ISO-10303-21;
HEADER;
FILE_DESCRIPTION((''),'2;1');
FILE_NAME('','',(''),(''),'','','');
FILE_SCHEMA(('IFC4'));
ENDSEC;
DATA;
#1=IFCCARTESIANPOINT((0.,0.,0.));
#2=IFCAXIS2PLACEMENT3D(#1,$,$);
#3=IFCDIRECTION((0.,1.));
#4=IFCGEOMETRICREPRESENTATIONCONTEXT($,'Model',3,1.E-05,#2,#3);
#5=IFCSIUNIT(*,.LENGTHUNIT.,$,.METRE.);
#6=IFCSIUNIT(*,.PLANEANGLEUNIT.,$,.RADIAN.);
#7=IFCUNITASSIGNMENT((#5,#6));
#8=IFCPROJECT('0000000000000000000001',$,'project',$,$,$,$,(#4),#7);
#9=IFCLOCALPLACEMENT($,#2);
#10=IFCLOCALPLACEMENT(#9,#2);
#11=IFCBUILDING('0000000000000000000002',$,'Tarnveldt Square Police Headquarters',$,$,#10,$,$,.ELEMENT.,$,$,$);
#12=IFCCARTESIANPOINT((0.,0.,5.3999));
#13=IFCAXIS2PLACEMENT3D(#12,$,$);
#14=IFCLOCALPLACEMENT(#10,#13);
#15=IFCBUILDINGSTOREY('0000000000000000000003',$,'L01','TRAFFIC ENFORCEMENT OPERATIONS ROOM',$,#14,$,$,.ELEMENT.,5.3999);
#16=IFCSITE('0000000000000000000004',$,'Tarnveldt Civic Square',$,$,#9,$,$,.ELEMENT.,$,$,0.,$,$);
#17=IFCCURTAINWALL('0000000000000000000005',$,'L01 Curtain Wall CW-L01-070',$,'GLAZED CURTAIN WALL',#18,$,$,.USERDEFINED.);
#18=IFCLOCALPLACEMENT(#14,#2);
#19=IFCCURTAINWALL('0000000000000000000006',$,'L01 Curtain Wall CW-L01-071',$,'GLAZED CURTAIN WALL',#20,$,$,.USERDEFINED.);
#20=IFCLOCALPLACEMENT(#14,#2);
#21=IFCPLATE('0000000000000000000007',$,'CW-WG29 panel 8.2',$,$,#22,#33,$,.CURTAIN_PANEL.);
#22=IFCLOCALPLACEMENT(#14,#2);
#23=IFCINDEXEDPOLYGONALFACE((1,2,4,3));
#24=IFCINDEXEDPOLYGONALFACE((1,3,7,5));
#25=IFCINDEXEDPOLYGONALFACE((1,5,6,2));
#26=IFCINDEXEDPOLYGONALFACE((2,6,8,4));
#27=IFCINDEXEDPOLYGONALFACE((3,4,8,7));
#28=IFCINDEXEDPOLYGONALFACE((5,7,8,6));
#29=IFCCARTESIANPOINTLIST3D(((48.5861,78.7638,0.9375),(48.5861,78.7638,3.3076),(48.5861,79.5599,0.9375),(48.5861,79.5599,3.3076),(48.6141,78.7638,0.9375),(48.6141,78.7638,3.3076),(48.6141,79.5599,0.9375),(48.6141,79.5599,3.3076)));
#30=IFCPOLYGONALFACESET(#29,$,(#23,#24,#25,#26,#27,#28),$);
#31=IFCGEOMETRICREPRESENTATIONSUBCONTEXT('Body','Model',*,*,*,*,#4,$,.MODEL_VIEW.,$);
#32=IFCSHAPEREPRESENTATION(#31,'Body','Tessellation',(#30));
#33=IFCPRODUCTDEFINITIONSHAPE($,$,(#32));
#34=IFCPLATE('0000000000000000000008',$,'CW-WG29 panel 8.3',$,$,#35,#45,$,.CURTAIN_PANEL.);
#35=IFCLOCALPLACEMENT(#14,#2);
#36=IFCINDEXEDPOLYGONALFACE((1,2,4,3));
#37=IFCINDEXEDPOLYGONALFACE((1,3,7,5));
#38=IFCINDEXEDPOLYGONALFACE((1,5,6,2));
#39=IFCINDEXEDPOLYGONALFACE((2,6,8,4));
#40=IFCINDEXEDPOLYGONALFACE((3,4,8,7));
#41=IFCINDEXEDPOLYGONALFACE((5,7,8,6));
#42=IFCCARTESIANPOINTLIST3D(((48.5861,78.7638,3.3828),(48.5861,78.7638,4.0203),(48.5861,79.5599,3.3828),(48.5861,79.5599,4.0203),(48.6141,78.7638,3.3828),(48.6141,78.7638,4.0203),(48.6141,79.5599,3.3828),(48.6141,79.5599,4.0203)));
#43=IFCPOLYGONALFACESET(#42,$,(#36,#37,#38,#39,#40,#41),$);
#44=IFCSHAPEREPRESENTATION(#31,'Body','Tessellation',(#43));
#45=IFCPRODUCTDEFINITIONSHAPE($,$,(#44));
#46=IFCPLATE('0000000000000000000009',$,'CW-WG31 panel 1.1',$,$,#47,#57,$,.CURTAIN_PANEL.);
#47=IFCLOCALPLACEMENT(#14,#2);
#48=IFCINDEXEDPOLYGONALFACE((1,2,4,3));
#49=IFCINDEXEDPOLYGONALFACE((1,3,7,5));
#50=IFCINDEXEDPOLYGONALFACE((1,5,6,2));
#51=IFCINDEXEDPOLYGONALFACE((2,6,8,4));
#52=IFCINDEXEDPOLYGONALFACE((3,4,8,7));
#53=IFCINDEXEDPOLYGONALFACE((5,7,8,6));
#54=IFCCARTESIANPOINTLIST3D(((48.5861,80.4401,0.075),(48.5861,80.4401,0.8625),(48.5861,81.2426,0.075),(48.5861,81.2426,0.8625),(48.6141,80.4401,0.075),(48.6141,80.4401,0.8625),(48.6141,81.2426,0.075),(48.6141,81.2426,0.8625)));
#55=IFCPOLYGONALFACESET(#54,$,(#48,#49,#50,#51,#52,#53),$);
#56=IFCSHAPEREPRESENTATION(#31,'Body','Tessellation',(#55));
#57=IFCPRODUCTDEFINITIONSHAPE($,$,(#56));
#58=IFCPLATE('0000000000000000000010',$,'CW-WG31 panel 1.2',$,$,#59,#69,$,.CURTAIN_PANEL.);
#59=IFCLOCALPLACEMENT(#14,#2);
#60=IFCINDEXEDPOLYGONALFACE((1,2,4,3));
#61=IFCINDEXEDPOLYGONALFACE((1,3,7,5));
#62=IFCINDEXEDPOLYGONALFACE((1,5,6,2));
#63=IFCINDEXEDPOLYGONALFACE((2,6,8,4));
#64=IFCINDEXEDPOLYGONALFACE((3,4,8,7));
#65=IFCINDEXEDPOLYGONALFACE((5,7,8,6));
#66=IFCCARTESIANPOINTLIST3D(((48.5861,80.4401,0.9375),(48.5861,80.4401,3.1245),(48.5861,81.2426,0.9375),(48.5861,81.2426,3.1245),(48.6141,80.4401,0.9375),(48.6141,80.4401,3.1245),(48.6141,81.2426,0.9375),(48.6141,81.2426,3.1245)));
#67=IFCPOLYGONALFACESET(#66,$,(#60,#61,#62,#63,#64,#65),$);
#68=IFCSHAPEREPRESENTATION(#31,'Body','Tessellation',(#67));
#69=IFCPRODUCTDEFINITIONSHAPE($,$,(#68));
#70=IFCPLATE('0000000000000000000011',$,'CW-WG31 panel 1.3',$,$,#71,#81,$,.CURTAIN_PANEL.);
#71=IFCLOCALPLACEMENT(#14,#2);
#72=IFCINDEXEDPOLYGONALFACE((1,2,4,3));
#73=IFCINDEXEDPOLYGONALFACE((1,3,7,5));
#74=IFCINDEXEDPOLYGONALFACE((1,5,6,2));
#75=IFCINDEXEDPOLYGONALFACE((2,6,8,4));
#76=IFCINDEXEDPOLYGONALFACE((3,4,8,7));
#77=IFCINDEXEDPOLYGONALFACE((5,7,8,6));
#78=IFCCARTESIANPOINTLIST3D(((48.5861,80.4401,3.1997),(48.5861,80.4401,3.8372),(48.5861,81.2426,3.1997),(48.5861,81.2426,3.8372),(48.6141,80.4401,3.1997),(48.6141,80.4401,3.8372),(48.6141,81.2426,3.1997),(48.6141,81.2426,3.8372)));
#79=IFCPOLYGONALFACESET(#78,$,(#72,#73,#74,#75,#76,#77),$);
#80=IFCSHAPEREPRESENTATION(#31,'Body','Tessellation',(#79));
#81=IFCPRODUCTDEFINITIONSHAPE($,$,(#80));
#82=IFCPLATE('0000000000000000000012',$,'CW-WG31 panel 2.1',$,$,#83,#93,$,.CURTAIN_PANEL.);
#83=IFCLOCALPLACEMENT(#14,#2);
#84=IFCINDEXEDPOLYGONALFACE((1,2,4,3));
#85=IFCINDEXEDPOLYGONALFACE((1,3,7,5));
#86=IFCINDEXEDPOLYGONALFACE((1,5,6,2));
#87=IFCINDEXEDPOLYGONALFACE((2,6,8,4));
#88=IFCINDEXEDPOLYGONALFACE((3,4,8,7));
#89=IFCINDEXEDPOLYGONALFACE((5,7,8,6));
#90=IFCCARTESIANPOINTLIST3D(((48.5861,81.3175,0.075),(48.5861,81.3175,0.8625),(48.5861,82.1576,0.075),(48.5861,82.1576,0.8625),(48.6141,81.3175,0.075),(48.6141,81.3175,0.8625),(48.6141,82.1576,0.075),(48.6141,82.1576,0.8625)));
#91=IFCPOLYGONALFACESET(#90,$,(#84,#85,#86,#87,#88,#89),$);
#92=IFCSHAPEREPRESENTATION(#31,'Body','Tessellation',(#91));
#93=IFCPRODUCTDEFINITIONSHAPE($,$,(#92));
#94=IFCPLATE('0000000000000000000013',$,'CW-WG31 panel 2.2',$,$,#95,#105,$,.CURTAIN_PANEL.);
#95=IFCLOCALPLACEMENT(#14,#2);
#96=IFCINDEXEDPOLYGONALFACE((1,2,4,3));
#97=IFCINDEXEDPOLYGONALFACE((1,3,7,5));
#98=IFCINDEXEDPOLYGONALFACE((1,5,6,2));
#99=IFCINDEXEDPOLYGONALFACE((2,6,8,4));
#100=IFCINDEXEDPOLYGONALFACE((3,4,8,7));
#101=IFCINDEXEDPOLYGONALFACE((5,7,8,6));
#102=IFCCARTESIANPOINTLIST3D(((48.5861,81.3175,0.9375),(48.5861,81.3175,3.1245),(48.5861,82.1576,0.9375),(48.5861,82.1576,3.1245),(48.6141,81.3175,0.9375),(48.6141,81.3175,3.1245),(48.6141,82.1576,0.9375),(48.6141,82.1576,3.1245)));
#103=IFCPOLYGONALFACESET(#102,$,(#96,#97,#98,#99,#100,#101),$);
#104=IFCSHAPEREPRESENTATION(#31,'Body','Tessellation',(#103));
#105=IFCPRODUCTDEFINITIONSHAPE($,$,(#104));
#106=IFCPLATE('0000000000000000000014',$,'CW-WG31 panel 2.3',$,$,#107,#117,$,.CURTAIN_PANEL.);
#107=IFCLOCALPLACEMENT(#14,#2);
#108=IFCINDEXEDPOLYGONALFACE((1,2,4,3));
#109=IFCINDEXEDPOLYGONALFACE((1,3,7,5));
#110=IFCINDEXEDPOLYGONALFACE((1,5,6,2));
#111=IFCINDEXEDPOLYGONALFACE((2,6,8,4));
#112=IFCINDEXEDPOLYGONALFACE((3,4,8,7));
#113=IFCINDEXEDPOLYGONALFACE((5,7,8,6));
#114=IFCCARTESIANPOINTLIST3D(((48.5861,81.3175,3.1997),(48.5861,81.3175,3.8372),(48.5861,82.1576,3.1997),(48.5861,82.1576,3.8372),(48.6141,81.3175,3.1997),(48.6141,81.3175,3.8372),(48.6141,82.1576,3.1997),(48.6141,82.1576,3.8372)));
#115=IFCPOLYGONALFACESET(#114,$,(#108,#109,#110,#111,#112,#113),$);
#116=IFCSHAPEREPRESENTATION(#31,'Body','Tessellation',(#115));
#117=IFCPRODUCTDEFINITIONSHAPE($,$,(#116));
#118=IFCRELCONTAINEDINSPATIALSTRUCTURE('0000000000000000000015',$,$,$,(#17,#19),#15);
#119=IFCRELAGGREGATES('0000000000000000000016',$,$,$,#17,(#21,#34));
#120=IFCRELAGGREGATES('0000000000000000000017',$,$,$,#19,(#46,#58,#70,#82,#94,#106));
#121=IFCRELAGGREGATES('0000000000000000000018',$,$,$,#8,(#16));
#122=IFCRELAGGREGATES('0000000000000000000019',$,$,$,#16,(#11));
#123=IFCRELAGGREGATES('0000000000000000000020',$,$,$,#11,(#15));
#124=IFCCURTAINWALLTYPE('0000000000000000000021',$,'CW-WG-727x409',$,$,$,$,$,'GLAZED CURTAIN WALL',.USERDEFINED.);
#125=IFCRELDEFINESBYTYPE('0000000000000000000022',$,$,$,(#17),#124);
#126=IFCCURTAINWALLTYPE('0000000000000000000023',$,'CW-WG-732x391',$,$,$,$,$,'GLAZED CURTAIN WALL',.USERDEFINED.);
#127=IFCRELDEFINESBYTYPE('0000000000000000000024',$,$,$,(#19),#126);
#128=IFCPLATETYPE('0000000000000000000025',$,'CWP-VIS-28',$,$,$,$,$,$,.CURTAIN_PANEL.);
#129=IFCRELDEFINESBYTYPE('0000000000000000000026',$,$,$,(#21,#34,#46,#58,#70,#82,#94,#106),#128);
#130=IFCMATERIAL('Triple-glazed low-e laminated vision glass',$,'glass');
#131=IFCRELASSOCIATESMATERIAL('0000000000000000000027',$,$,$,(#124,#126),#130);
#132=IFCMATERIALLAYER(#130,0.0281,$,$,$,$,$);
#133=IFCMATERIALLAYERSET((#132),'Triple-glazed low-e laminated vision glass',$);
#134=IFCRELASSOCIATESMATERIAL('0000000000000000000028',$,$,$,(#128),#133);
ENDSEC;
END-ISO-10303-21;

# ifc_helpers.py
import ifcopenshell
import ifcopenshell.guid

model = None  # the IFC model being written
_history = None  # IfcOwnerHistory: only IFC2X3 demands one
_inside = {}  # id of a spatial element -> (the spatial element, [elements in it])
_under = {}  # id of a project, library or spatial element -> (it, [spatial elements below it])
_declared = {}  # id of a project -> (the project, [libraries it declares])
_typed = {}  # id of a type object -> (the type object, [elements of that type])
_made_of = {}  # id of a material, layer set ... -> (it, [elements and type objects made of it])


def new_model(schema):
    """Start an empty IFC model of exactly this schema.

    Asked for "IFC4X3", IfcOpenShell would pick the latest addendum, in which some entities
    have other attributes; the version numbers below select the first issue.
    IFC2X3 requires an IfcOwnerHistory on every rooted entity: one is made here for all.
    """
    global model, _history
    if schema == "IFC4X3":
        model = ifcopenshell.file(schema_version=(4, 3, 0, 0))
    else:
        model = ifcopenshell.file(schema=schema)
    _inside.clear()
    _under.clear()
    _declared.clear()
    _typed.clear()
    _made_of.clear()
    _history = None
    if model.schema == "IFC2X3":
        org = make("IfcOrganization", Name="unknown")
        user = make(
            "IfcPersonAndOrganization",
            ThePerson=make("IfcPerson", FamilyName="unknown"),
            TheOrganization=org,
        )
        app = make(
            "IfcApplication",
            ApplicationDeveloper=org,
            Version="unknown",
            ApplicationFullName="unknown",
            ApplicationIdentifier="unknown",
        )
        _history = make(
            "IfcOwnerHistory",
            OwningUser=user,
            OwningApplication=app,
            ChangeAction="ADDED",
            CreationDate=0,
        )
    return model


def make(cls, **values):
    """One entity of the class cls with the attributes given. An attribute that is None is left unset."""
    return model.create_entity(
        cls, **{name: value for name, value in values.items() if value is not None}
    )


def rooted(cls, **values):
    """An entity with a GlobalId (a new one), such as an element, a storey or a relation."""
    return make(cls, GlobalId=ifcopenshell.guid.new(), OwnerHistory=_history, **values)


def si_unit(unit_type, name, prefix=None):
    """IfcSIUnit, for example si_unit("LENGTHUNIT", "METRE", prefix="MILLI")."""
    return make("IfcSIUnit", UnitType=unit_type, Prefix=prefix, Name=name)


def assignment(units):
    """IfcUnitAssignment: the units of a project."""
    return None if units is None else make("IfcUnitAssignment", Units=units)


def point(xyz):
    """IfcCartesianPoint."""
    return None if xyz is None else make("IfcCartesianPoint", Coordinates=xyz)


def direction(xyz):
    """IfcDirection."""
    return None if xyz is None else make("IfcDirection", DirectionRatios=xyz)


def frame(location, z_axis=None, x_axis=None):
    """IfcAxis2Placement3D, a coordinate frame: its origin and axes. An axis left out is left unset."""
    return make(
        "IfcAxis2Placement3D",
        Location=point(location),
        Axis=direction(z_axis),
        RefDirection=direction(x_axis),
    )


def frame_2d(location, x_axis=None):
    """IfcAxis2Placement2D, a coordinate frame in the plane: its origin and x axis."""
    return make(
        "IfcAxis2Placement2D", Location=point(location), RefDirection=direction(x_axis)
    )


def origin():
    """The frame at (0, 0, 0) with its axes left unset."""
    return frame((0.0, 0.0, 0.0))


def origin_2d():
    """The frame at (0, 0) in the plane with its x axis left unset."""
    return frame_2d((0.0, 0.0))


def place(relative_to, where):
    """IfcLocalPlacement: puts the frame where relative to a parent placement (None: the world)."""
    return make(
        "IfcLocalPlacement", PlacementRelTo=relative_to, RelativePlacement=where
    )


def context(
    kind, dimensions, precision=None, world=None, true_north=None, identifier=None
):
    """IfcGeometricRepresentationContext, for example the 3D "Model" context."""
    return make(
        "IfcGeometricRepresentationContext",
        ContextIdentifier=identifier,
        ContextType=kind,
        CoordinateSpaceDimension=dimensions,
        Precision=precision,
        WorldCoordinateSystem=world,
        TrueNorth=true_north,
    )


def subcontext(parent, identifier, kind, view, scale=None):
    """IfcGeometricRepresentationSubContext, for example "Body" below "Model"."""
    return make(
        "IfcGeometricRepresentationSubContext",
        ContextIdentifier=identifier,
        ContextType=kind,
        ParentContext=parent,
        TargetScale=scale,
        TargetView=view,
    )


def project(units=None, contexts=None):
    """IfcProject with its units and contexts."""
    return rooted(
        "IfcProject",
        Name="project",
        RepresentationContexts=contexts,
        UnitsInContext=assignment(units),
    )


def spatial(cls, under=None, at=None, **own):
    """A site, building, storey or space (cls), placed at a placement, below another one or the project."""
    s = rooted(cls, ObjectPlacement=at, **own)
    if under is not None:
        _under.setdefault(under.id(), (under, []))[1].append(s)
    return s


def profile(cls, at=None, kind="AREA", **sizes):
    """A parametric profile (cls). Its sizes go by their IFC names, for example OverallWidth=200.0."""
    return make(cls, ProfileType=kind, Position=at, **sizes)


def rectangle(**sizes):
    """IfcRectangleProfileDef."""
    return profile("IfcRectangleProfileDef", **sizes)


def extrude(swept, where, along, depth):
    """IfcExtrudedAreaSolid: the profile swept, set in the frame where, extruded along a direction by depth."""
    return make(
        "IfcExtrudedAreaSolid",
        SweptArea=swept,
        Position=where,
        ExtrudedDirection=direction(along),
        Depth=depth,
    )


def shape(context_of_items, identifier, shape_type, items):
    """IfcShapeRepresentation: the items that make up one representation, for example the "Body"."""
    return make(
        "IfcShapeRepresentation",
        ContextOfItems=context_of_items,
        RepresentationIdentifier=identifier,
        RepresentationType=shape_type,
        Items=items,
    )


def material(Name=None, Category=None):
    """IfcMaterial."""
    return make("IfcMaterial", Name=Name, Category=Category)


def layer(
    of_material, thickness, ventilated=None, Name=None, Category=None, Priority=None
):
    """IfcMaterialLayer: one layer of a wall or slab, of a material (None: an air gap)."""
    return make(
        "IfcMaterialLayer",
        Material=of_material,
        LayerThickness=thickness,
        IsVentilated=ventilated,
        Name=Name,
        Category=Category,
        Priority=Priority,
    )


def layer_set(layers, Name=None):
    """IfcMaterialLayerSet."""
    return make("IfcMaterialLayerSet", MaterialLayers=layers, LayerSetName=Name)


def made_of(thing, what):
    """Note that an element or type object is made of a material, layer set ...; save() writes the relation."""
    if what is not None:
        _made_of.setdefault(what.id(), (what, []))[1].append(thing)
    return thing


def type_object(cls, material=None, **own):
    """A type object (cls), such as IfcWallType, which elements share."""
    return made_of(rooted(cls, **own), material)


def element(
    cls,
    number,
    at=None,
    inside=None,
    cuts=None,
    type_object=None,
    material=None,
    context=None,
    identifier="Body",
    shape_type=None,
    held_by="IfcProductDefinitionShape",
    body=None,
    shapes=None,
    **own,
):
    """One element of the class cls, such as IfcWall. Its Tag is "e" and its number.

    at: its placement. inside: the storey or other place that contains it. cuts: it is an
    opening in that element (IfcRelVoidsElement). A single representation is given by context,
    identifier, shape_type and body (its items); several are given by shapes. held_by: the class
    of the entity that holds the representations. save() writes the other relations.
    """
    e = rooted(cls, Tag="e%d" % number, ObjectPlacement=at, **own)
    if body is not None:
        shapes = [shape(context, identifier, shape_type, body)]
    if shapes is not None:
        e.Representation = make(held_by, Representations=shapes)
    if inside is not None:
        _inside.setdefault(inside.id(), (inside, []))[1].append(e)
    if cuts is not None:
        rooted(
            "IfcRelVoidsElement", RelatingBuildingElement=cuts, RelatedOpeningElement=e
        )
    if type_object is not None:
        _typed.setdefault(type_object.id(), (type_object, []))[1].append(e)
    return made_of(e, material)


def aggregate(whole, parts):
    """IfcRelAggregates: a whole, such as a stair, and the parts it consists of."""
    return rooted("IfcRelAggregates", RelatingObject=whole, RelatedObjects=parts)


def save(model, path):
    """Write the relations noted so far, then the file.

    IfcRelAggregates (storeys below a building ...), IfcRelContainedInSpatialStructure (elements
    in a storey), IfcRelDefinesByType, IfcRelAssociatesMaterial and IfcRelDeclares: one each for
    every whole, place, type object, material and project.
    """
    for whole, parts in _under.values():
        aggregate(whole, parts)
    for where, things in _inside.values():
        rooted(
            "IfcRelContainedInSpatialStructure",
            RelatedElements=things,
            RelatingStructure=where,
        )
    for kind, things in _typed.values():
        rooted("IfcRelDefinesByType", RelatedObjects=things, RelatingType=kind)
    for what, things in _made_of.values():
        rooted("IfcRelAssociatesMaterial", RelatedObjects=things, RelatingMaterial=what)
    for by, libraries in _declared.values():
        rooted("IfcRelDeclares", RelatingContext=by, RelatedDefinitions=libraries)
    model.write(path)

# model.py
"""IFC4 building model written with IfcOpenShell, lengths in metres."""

from ifc_helpers import new_model, si_unit, direction, frame, origin, origin_2d, place, context, subcontext, project, spatial, rectangle, extrude, material, layer, layer_set, type_object, element, aggregate, save


model = new_model("IFC4")

# Units and contexts
model_context = context("Model", 3, precision=1e-05, world=origin(), true_north=direction((0.0, 1.0)))
body_context = subcontext(model_context, "Body", "Model", "MODEL_VIEW")
ifc_project = project(units=[si_unit("LENGTHUNIT", "METRE"), si_unit("PLANEANGLEUNIT", "RADIAN")], contexts=[model_context])

# Site, building, storey
site_placement = place(None, origin())
site = spatial("IfcSite", under=ifc_project, at=site_placement, Name="Tarnveldt Civic Square", CompositionType="ELEMENT", RefElevation=0.0)
building_placement = place(site_placement, origin())
building = spatial("IfcBuilding", under=site, at=building_placement, Name="Tarnveldt Square Police Headquarters", CompositionType="ELEMENT")
storey_placement = place(building_placement, frame((0.0, 0.0, 5.3999)))
storey = spatial("IfcBuildingStorey", under=building, at=storey_placement, Name="L01", Description="TRAFFIC ENFORCEMENT OPERATIONS ROOM", CompositionType="ELEMENT", Elevation=5.3999)

# Curtain walls
ifc_material_1 = material(Name="Triple-glazed low-e laminated vision glass", Category="glass")
curtain_wall_type_1 = type_object("IfcCurtainWallType", Name="CW-WG-727x409", ElementType="GLAZED CURTAIN WALL", PredefinedType="USERDEFINED", material=ifc_material_1)
curtain_wall_1_placement = place(storey_placement, origin())
curtain_wall_1 = element("IfcCurtainWall", 1, at=curtain_wall_1_placement, inside=storey, type_object=curtain_wall_type_1, Name="L01 Curtain Wall CW-L01-070", ObjectType="GLAZED CURTAIN WALL", PredefinedType="USERDEFINED")
curtain_wall_type_2 = type_object("IfcCurtainWallType", Name="CW-WG-732x391", ElementType="GLAZED CURTAIN WALL", PredefinedType="USERDEFINED", material=ifc_material_1)
curtain_wall_2_placement = place(storey_placement, origin())
curtain_wall_2 = element("IfcCurtainWall", 2, at=curtain_wall_2_placement, inside=storey, type_object=curtain_wall_type_2, Name="L01 Curtain Wall CW-L01-071", ObjectType="GLAZED CURTAIN WALL", PredefinedType="USERDEFINED")

# Plates
ifc_layer = layer(ifc_material_1, 0.0281)
ifc_layer_set = layer_set([ifc_layer], Name="Triple-glazed low-e laminated vision glass")
plate_type = type_object("IfcPlateType", Name="CWP-VIS-28", PredefinedType="CURTAIN_PANEL", material=ifc_layer_set)
plate_1_placement = place(storey_placement, frame((48.6001, 79.1619, 0.9375), z_axis=(0.0, 0.0, 1.0), x_axis=(0.0, 1.0, 0.0)))
plate_1 = element("IfcPlate", 3, at=plate_1_placement, type_object=plate_type, Name="CW-WG29 panel 8.2", PredefinedType="CURTAIN_PANEL", context=body_context, shape_type="SweptSolid", body=[
    extrude(rectangle(XDim=0.7961, YDim=0.0281, at=origin_2d()), origin(), (0.0, 0.0, 1.0), 2.3701),
])
plate_2_placement = place(storey_placement, frame((48.6001, 79.1619, 3.3828), z_axis=(0.0, 0.0, 1.0), x_axis=(0.0, 1.0, 0.0)))
plate_2 = element("IfcPlate", 4, at=plate_2_placement, type_object=plate_type, Name="CW-WG29 panel 8.3", PredefinedType="CURTAIN_PANEL", context=body_context, shape_type="SweptSolid", body=[
    extrude(rectangle(XDim=0.7961, YDim=0.0281, at=origin_2d()), origin(), (0.0, 0.0, 1.0), 0.6375),
])
aggregate(curtain_wall_1, [plate_1, plate_2])
plate_3_placement = place(storey_placement, frame((48.6001, 80.8413, 0.075), z_axis=(0.0, 0.0, 1.0), x_axis=(0.0, 1.0, 0.0)))
plate_3 = element("IfcPlate", 5, at=plate_3_placement, type_object=plate_type, Name="CW-WG31 panel 1.1", PredefinedType="CURTAIN_PANEL", context=body_context, shape_type="SweptSolid", body=[
    extrude(rectangle(XDim=0.8025, YDim=0.0281, at=origin_2d()), origin(), (0.0, 0.0, 1.0), 0.7876),
])
plate_4_placement = place(storey_placement, frame((48.6001, 80.8413, 0.9375), z_axis=(0.0, 0.0, 1.0), x_axis=(0.0, 1.0, 0.0)))
plate_4 = element("IfcPlate", 6, at=plate_4_placement, type_object=plate_type, Name="CW-WG31 panel 1.2", PredefinedType="CURTAIN_PANEL", context=body_context, shape_type="SweptSolid", body=[
    extrude(rectangle(XDim=0.8025, YDim=0.0281, at=origin_2d()), origin(), (0.0, 0.0, 1.0), 2.187),
])
plate_5_placement = place(storey_placement, frame((48.6001, 80.8413, 3.1997), z_axis=(0.0, 0.0, 1.0), x_axis=(0.0, 1.0, 0.0)))
plate_5 = element("IfcPlate", 7, at=plate_5_placement, type_object=plate_type, Name="CW-WG31 panel 1.3", PredefinedType="CURTAIN_PANEL", context=body_context, shape_type="SweptSolid", body=[
    extrude(rectangle(XDim=0.8025, YDim=0.0281, at=origin_2d()), origin(), (0.0, 0.0, 1.0), 0.6375),
])
plate_6_placement = place(storey_placement, frame((48.6001, 81.7375, 0.075), z_axis=(0.0, 0.0, 1.0), x_axis=(0.0, 1.0, 0.0)))
plate_6 = element("IfcPlate", 8, at=plate_6_placement, type_object=plate_type, Name="CW-WG31 panel 2.1", PredefinedType="CURTAIN_PANEL", context=body_context, shape_type="SweptSolid", body=[
    extrude(rectangle(XDim=0.8401, YDim=0.0281, at=origin_2d()), origin(), (0.0, 0.0, 1.0), 0.7876),
])
plate_7_placement = place(storey_placement, frame((48.6001, 81.7375, 0.9375), z_axis=(0.0, 0.0, 1.0), x_axis=(0.0, 1.0, 0.0)))
plate_7 = element("IfcPlate", 9, at=plate_7_placement, type_object=plate_type, Name="CW-WG31 panel 2.2", PredefinedType="CURTAIN_PANEL", context=body_context, shape_type="SweptSolid", body=[
    extrude(rectangle(XDim=0.8401, YDim=0.0281, at=origin_2d()), origin(), (0.0, 0.0, 1.0), 2.187),
])
plate_8_placement = place(storey_placement, frame((48.6001, 81.7375, 3.1997), z_axis=(0.0, 0.0, 1.0), x_axis=(0.0, 1.0, 0.0)))
plate_8 = element("IfcPlate", 10, at=plate_8_placement, type_object=plate_type, Name="CW-WG31 panel 2.3", PredefinedType="CURTAIN_PANEL", context=body_context, shape_type="SweptSolid", body=[
    extrude(rectangle(XDim=0.8401, YDim=0.0281, at=origin_2d()), origin(), (0.0, 0.0, 1.0), 0.6375),
])
aggregate(curtain_wall_2, [plate_3, plate_4, plate_5, plate_6, plate_7, plate_8])

save(model, "model.ifc")
